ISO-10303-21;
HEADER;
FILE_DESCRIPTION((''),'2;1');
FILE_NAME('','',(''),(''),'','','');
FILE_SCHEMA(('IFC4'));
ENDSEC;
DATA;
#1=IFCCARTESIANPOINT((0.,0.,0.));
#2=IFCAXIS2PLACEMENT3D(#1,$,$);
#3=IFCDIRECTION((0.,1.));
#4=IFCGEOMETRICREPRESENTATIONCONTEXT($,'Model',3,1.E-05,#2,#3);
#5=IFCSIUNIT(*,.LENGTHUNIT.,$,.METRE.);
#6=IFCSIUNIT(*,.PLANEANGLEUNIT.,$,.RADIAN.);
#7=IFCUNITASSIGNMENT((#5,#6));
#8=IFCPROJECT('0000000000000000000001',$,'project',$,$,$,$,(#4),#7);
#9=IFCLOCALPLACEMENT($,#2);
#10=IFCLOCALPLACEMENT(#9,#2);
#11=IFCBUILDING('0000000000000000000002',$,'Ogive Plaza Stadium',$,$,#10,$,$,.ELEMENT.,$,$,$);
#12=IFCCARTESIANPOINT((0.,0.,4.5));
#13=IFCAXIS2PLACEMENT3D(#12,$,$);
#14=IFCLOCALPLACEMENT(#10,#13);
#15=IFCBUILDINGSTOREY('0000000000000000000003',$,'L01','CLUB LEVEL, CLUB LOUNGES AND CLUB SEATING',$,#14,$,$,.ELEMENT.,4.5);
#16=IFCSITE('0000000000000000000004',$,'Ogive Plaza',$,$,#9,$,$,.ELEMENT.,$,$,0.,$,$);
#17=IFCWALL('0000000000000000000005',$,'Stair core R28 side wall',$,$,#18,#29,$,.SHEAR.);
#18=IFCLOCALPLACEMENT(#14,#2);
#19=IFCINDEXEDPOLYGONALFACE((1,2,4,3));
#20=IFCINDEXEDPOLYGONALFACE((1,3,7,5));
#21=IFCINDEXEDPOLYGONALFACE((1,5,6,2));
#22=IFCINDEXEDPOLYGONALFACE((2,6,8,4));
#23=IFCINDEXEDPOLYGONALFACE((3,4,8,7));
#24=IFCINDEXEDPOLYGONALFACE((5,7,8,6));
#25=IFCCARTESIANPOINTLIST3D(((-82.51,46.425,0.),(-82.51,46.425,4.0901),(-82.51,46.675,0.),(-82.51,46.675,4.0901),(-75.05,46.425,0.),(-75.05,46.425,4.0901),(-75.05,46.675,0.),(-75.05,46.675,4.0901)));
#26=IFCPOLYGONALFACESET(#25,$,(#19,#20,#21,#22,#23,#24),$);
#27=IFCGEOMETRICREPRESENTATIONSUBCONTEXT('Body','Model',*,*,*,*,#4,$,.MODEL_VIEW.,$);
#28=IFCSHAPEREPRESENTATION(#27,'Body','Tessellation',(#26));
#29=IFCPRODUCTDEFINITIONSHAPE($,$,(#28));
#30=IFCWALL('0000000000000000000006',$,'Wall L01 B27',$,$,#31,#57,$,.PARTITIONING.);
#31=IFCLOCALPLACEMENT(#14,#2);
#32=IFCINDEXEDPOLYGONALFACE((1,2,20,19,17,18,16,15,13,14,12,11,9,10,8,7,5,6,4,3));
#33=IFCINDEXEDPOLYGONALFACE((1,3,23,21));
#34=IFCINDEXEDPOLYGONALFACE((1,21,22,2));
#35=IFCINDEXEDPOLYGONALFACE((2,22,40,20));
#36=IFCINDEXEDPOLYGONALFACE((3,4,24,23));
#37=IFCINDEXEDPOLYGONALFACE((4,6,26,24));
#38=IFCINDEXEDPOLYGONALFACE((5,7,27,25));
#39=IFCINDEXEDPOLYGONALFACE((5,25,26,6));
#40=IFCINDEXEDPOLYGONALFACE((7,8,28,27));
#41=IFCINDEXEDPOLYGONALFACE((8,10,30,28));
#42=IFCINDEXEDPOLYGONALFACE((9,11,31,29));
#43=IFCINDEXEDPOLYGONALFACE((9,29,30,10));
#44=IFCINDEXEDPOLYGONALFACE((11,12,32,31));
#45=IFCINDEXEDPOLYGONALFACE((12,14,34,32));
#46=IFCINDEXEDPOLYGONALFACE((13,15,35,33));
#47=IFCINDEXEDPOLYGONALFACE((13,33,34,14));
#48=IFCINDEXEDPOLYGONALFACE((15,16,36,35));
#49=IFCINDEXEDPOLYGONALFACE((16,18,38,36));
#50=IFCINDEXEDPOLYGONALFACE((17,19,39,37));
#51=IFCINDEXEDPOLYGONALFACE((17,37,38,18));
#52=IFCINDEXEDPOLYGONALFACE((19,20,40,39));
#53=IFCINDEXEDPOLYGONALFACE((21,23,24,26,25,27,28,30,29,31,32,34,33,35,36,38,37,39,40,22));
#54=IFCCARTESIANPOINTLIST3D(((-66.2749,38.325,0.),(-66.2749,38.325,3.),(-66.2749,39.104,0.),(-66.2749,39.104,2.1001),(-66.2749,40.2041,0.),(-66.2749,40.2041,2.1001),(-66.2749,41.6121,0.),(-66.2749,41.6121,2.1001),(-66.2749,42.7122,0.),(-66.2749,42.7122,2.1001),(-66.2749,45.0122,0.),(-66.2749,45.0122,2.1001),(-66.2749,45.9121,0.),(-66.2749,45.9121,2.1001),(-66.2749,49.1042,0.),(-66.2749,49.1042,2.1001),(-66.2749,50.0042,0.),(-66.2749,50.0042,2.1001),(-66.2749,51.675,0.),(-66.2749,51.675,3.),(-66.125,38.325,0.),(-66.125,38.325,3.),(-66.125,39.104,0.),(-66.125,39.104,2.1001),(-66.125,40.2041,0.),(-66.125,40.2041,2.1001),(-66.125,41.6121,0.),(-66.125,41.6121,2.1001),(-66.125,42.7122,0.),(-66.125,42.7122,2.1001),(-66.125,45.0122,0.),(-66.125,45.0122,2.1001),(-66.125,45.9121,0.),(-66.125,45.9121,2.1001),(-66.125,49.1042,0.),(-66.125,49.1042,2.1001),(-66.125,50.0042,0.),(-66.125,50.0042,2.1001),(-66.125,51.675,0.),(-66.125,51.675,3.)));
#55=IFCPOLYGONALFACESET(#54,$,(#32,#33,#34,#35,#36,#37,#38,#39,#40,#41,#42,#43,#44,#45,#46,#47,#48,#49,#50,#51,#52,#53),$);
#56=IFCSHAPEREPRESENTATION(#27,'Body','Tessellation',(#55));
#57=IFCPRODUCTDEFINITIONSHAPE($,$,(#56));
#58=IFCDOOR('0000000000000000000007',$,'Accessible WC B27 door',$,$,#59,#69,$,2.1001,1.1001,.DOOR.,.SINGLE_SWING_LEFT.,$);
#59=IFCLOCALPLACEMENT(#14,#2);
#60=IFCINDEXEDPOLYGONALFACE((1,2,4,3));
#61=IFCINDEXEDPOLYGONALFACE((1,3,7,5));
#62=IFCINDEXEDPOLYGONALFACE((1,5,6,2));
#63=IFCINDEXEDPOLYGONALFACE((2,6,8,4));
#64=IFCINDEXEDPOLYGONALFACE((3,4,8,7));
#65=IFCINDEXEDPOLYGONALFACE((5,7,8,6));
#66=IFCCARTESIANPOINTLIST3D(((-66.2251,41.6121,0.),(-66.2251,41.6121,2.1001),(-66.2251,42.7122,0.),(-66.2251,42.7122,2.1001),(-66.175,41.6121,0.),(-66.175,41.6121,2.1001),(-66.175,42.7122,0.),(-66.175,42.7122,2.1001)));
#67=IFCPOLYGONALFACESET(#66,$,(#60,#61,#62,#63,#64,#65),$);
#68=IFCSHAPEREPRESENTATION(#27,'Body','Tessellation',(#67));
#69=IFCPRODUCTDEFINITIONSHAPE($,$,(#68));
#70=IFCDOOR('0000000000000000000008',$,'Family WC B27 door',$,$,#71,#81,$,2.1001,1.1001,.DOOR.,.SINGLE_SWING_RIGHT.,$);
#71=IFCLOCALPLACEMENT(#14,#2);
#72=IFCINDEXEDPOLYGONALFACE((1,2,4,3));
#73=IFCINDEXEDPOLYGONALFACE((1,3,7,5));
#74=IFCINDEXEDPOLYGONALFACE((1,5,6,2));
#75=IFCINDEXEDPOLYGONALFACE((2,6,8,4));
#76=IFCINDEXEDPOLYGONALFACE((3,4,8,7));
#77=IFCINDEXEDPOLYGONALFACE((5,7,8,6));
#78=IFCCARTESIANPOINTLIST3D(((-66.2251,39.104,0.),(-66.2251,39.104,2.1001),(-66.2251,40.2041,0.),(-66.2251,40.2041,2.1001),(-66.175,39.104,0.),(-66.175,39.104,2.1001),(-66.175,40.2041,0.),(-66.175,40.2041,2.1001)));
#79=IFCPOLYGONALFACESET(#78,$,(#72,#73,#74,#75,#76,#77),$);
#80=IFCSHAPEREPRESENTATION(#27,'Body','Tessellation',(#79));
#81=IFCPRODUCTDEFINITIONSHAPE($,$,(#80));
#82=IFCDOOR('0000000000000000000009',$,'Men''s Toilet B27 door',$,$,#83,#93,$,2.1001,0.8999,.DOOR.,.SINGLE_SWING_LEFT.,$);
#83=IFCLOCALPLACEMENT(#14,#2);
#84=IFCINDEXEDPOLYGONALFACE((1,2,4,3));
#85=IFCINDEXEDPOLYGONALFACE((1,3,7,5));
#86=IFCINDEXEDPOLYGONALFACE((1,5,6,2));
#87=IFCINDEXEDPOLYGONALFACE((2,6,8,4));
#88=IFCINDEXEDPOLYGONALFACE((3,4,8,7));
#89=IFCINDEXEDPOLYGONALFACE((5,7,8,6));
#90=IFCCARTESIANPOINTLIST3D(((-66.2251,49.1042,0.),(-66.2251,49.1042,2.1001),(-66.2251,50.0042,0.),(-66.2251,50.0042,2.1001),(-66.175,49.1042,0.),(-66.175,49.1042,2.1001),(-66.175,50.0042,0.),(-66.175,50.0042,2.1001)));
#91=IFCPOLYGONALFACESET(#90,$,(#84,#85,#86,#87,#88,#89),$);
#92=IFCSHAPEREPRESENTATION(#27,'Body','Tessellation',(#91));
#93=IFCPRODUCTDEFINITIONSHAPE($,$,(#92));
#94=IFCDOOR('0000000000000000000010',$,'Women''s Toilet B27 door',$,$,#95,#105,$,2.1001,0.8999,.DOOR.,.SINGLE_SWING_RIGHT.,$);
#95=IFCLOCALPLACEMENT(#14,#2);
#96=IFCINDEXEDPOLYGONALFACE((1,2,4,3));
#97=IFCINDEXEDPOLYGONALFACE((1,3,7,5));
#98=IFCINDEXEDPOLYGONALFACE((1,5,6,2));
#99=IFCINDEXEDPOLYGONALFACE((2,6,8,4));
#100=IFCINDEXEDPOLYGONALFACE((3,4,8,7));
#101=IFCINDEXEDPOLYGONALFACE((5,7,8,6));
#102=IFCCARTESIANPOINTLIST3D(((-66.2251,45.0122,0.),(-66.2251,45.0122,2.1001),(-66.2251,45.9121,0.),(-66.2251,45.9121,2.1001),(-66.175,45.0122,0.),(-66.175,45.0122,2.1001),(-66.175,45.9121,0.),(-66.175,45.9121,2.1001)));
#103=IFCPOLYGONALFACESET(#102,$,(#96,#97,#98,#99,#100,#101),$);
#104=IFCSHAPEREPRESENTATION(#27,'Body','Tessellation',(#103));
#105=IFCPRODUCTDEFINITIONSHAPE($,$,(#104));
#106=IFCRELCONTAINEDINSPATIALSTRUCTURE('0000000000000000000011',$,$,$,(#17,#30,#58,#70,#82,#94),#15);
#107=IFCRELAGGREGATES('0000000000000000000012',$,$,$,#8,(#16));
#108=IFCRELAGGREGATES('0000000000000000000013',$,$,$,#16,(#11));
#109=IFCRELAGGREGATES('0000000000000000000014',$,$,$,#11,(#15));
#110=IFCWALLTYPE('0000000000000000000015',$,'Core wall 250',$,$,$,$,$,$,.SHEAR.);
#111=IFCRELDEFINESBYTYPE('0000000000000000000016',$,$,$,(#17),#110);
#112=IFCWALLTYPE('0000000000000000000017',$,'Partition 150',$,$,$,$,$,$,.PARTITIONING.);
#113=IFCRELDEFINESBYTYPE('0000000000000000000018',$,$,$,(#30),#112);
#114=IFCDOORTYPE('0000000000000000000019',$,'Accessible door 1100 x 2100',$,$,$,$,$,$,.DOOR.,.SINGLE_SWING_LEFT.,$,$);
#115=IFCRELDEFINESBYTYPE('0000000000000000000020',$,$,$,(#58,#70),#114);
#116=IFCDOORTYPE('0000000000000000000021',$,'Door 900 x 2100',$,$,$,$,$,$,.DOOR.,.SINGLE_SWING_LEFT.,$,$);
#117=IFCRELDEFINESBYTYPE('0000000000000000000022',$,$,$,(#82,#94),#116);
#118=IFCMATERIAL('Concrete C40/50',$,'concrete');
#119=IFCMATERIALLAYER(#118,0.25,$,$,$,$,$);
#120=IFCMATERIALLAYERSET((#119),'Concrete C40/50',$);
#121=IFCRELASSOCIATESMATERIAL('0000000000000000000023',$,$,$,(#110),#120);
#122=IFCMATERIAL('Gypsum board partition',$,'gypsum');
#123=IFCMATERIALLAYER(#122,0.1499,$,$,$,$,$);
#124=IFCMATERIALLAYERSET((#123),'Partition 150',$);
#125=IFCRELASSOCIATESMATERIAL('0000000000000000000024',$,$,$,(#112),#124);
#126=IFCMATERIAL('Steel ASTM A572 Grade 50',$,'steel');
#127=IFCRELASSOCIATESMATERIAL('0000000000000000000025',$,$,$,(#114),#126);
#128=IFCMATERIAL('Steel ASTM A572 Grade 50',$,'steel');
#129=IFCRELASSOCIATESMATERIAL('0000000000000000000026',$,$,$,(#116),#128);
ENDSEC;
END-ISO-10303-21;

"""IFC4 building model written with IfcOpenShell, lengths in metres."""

from ifc_helpers import new_model, si_unit, direction, frame, frame_2d, origin, place, context, subcontext, project, spatial, rectangle, extrude, material, layer, layer_set, type_object, element, fill, save


model = new_model("IFC4")

# Units and contexts
model_context = context("Model", 3, precision=1e-05, world=origin(), true_north=direction((0.0, 1.0)))
body_context = subcontext(model_context, "Body", "Model", "MODEL_VIEW")
ifc_project = project(units=[si_unit("LENGTHUNIT", "METRE"), si_unit("PLANEANGLEUNIT", "RADIAN")], contexts=[model_context])

# Site, building, storey
site_placement = place(None, origin())
site = spatial("IfcSite", under=ifc_project, at=site_placement, Name="Ogive Plaza", CompositionType="ELEMENT", RefElevation=0.0)
building_placement = place(site_placement, origin())
building = spatial("IfcBuilding", under=site, at=building_placement, Name="Ogive Plaza Stadium", CompositionType="ELEMENT")
storey_placement = place(building_placement, frame((0.0, 0.0, 4.5)))
storey = spatial("IfcBuildingStorey", under=building, at=storey_placement, Name="L01", Description="CLUB LEVEL, CLUB LOUNGES AND CLUB SEATING", CompositionType="ELEMENT", Elevation=4.5)

# Wall
ifc_material_1 = material(Name="Concrete C40/50", Category="concrete")
ifc_layer_1 = layer(ifc_material_1, 0.25)
ifc_layer_set_1 = layer_set([ifc_layer_1], Name="Concrete C40/50")
wall_type_1 = type_object("IfcWallType", Name="Core wall 250", PredefinedType="SHEAR", material=ifc_layer_set_1)
wall_1_placement = place(storey_placement, frame((-75.05, 46.55, 0.0), z_axis=(0.0, 0.0, 1.0), x_axis=(-1.0, 0.0, 0.0)))
element("IfcWall", 1, at=wall_1_placement, inside=storey, type_object=wall_type_1, Name="Stair core R28 side wall", PredefinedType="SHEAR", context=body_context, shape_type="SweptSolid", body=[
    extrude(rectangle(XDim=7.46, YDim=0.25, at=frame_2d((3.73, 0.0))), origin(), (0.0, 0.0, 1.0), 4.0901),
])

# Wall, openings, doors
ifc_material_2 = material(Name="Gypsum board partition", Category="gypsum")
ifc_layer_2 = layer(ifc_material_2, 0.1499)
ifc_layer_set_2 = layer_set([ifc_layer_2], Name="Partition 150")
wall_type_2 = type_object("IfcWallType", Name="Partition 150", PredefinedType="PARTITIONING", material=ifc_layer_set_2)
wall_2_placement = place(storey_placement, frame((-66.2, 51.675, 0.0), z_axis=(0.0, 0.0, 1.0), x_axis=(0.0, -1.0, 0.0)))
wall_2 = element("IfcWall", 2, at=wall_2_placement, inside=storey, type_object=wall_type_2, Name="Wall L01 B27", PredefinedType="PARTITIONING", context=body_context, shape_type="SweptSolid", body=[
    extrude(rectangle(XDim=13.3501, YDim=0.1499, at=frame_2d((6.675, 0.0))), origin(), (0.0, 0.0, 1.0), 3.0),
])
opening_1_placement = place(wall_2_placement, frame((1.6709, 0.0, 0.0)))
opening_1 = element("IfcOpeningElement", 3, at=opening_1_placement, cuts=wall_2, PredefinedType="OPENING", context=body_context, shape_type="SweptSolid", body=[
    extrude(rectangle(XDim=0.8999, YDim=2.1001, at=frame_2d((0.45, 1.05))), frame((0.0, 0.075, 0.0), z_axis=(0.0, -1.0, 0.0), x_axis=(1.0, 0.0, 0.0)), (0.0, 0.0, 1.0), 0.1499),
])
opening_2_placement = place(wall_2_placement, frame((5.7629, 0.0, 0.0)))
opening_2 = element("IfcOpeningElement", 4, at=opening_2_placement, cuts=wall_2, PredefinedType="OPENING", context=body_context, shape_type="SweptSolid", body=[
    extrude(rectangle(XDim=0.8999, YDim=2.1001, at=frame_2d((0.45, 1.05))), frame((0.0, 0.075, 0.0), z_axis=(0.0, -1.0, 0.0), x_axis=(1.0, 0.0, 0.0)), (0.0, 0.0, 1.0), 0.1499),
])
opening_3_placement = place(wall_2_placement, frame((8.9629, 0.0, 0.0)))
opening_3 = element("IfcOpeningElement", 5, at=opening_3_placement, cuts=wall_2, PredefinedType="OPENING", context=body_context, shape_type="SweptSolid", body=[
    extrude(rectangle(XDim=1.1001, YDim=2.1001, at=frame_2d((0.55, 1.05))), frame((0.0, 0.075, 0.0), z_axis=(0.0, -1.0, 0.0), x_axis=(1.0, 0.0, 0.0)), (0.0, 0.0, 1.0), 0.1499),
])
opening_4_placement = place(wall_2_placement, frame((11.4709, 0.0, 0.0)))
opening_4 = element("IfcOpeningElement", 6, at=opening_4_placement, cuts=wall_2, PredefinedType="OPENING", context=body_context, shape_type="SweptSolid", body=[
    extrude(rectangle(XDim=1.1001, YDim=2.1001, at=frame_2d((0.55, 1.05))), frame((0.0, 0.075, 0.0), z_axis=(0.0, -1.0, 0.0), x_axis=(1.0, 0.0, 0.0)), (0.0, 0.0, 1.0), 0.1499),
])
ifc_material_3 = material(Name="Steel ASTM A572 Grade 50", Category="steel")
door_type_1 = type_object("IfcDoorType", Name="Accessible door 1100 x 2100", OperationType="SINGLE_SWING_LEFT", PredefinedType="DOOR", material=ifc_material_3)
door_1_placement = place(opening_3_placement, origin())
door_1 = element("IfcDoor", 7, at=door_1_placement, inside=storey, type_object=door_type_1, Name="Accessible WC B27 door", OperationType="SINGLE_SWING_LEFT", OverallHeight=2.1001, OverallWidth=1.1001, PredefinedType="DOOR", context=body_context, shape_type="SweptSolid", body=[
    extrude(rectangle(XDim=1.1001, YDim=2.1001, at=frame_2d((0.55, 1.05))), frame((0.0, 0.0249, 0.0), z_axis=(0.0, -1.0, 0.0), x_axis=(1.0, 0.0, 0.0)), (0.0, 0.0, 1.0), 0.05),
])
fill(opening_3, door_1)
door_2_placement = place(opening_4_placement, origin())
door_2 = element("IfcDoor", 8, at=door_2_placement, inside=storey, type_object=door_type_1, Name="Family WC B27 door", OperationType="SINGLE_SWING_RIGHT", OverallHeight=2.1001, OverallWidth=1.1001, PredefinedType="DOOR", context=body_context, shape_type="SweptSolid", body=[
    extrude(rectangle(XDim=1.1001, YDim=2.1001, at=frame_2d((0.55, 1.05))), frame((0.0, 0.0249, 0.0), z_axis=(0.0, -1.0, 0.0), x_axis=(1.0, 0.0, 0.0)), (0.0, 0.0, 1.0), 0.05),
])
fill(opening_4, door_2)
ifc_material_4 = material(Name="Steel ASTM A572 Grade 50", Category="steel")
door_type_2 = type_object("IfcDoorType", Name="Door 900 x 2100", OperationType="SINGLE_SWING_LEFT", PredefinedType="DOOR", material=ifc_material_4)
door_3_placement = place(opening_1_placement, origin())
door_3 = element("IfcDoor", 9, at=door_3_placement, inside=storey, type_object=door_type_2, Name="Men's Toilet B27 door", OperationType="SINGLE_SWING_LEFT", OverallHeight=2.1001, OverallWidth=0.8999, PredefinedType="DOOR", context=body_context, shape_type="SweptSolid", body=[
    extrude(rectangle(XDim=0.8999, YDim=2.1001, at=frame_2d((0.45, 1.05))), frame((0.0, 0.0249, 0.0), z_axis=(0.0, -1.0, 0.0), x_axis=(1.0, 0.0, 0.0)), (0.0, 0.0, 1.0), 0.05),
])
fill(opening_1, door_3)
door_4_placement = place(opening_2_placement, origin())
door_4 = element("IfcDoor", 10, at=door_4_placement, inside=storey, type_object=door_type_2, Name="Women's Toilet B27 door", OperationType="SINGLE_SWING_RIGHT", OverallHeight=2.1001, OverallWidth=0.8999, PredefinedType="DOOR", context=body_context, shape_type="SweptSolid", body=[
    extrude(rectangle(XDim=0.8999, YDim=2.1001, at=frame_2d((0.45, 1.05))), frame((0.0, 0.0249, 0.0), z_axis=(0.0, -1.0, 0.0), x_axis=(1.0, 0.0, 0.0)), (0.0, 0.0, 1.0), 0.05),
])
fill(opening_2, door_4)

save(model, "model.ifc")
